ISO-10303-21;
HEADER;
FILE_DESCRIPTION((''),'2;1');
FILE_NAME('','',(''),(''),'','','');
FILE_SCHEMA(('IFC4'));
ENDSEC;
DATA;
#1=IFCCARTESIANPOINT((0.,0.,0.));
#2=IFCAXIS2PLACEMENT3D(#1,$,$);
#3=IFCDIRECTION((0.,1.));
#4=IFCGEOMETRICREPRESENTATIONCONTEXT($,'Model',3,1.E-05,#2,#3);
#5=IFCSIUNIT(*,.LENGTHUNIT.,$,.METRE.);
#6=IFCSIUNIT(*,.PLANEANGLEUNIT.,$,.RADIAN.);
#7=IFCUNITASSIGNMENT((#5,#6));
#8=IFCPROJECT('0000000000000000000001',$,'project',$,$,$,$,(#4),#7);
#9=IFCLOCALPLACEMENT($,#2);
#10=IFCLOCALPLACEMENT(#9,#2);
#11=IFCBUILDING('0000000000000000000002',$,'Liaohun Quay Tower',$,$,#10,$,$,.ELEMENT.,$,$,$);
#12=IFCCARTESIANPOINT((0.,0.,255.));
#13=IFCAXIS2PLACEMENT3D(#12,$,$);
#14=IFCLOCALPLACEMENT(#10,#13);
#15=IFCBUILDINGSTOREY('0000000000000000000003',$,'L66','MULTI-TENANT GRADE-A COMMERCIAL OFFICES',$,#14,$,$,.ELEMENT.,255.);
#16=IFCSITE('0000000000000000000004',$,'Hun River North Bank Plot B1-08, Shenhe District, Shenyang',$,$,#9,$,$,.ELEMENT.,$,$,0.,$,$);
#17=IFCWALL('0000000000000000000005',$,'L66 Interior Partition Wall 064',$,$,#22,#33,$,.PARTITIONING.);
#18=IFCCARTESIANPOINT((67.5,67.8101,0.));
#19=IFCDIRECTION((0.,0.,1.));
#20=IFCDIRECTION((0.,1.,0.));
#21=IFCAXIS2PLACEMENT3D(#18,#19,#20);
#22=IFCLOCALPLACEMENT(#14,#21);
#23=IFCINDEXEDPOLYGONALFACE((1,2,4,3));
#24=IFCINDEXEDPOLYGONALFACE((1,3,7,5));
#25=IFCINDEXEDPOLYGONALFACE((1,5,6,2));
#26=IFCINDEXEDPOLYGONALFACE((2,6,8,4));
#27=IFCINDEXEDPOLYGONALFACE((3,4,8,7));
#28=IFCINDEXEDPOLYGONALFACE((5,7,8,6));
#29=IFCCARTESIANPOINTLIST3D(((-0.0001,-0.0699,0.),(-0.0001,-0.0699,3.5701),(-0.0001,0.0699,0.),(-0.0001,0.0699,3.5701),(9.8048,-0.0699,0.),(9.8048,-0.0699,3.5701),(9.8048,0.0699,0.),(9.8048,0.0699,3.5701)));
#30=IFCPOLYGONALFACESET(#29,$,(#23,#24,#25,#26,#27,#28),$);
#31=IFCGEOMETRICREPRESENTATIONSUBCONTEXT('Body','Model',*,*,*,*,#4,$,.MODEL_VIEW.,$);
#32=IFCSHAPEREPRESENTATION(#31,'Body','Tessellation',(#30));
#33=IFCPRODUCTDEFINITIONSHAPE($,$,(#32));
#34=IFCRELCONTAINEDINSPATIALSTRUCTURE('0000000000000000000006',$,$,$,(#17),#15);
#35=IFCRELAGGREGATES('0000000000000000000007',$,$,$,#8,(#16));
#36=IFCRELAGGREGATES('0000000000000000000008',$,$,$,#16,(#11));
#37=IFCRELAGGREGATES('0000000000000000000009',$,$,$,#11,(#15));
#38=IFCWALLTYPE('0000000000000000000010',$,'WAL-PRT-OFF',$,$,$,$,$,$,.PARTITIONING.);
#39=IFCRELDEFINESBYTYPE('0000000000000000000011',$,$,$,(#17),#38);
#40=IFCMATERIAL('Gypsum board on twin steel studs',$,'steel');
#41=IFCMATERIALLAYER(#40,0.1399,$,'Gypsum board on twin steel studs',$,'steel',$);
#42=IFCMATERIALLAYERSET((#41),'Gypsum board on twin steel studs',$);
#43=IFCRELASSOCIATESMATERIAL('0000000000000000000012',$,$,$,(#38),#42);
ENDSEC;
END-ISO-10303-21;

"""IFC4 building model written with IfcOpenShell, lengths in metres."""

from ifc_helpers import new_model, si_unit, direction, frame, frame_2d, origin, place, context, subcontext, project, spatial, rectangle, extrude, material, layer, layer_set, type_object, element, save


model = new_model("IFC4")

# Units and contexts
model_context = context("Model", 3, precision=1e-05, world=origin(), true_north=direction((0.0, 1.0)))
body_context = subcontext(model_context, "Body", "Model", "MODEL_VIEW")
ifc_project = project(units=[si_unit("LENGTHUNIT", "METRE"), si_unit("PLANEANGLEUNIT", "RADIAN")], contexts=[model_context])

# Site, building, storey
site_placement = place(None, origin())
site = spatial("IfcSite", under=ifc_project, at=site_placement, Name="Hun River North Bank Plot B1-08, Shenhe District, Shenyang", CompositionType="ELEMENT", RefElevation=0.0)
building_placement = place(site_placement, origin())
building = spatial("IfcBuilding", under=site, at=building_placement, Name="Liaohun Quay Tower", CompositionType="ELEMENT")
storey_placement = place(building_placement, frame((0.0, 0.0, 255.0)))
storey = spatial("IfcBuildingStorey", under=building, at=storey_placement, Name="L66", Description="MULTI-TENANT GRADE-A COMMERCIAL OFFICES", CompositionType="ELEMENT", Elevation=255.0)

# Wall
ifc_material_1 = material(Name="Gypsum board on twin steel studs", Category="steel")
ifc_layer_1 = layer(ifc_material_1, 0.1399, Name="Gypsum board on twin steel studs", Category="steel")
ifc_layer_set_1 = layer_set([ifc_layer_1], Name="Gypsum board on twin steel studs")
wall_type_1 = type_object("IfcWallType", Name="WAL-PRT-OFF", PredefinedType="PARTITIONING", material=ifc_layer_set_1)
wall_1_placement = place(storey_placement, frame((67.5, 67.8101, 0.0), z_axis=(0.0, 0.0, 1.0), x_axis=(0.0, 1.0, 0.0)))
element("IfcWall", 1, at=wall_1_placement, inside=storey, type_object=wall_type_1, Name="L66 Interior Partition Wall 064", PredefinedType="PARTITIONING", context=body_context, shape_type="SweptSolid", body=[
    extrude(rectangle(XDim=9.8049, YDim=0.1399, at=frame_2d((4.9023, 0.0))), origin(), (0.0, 0.0, 1.0), 3.5701),
])

save(model, "model.ifc")
